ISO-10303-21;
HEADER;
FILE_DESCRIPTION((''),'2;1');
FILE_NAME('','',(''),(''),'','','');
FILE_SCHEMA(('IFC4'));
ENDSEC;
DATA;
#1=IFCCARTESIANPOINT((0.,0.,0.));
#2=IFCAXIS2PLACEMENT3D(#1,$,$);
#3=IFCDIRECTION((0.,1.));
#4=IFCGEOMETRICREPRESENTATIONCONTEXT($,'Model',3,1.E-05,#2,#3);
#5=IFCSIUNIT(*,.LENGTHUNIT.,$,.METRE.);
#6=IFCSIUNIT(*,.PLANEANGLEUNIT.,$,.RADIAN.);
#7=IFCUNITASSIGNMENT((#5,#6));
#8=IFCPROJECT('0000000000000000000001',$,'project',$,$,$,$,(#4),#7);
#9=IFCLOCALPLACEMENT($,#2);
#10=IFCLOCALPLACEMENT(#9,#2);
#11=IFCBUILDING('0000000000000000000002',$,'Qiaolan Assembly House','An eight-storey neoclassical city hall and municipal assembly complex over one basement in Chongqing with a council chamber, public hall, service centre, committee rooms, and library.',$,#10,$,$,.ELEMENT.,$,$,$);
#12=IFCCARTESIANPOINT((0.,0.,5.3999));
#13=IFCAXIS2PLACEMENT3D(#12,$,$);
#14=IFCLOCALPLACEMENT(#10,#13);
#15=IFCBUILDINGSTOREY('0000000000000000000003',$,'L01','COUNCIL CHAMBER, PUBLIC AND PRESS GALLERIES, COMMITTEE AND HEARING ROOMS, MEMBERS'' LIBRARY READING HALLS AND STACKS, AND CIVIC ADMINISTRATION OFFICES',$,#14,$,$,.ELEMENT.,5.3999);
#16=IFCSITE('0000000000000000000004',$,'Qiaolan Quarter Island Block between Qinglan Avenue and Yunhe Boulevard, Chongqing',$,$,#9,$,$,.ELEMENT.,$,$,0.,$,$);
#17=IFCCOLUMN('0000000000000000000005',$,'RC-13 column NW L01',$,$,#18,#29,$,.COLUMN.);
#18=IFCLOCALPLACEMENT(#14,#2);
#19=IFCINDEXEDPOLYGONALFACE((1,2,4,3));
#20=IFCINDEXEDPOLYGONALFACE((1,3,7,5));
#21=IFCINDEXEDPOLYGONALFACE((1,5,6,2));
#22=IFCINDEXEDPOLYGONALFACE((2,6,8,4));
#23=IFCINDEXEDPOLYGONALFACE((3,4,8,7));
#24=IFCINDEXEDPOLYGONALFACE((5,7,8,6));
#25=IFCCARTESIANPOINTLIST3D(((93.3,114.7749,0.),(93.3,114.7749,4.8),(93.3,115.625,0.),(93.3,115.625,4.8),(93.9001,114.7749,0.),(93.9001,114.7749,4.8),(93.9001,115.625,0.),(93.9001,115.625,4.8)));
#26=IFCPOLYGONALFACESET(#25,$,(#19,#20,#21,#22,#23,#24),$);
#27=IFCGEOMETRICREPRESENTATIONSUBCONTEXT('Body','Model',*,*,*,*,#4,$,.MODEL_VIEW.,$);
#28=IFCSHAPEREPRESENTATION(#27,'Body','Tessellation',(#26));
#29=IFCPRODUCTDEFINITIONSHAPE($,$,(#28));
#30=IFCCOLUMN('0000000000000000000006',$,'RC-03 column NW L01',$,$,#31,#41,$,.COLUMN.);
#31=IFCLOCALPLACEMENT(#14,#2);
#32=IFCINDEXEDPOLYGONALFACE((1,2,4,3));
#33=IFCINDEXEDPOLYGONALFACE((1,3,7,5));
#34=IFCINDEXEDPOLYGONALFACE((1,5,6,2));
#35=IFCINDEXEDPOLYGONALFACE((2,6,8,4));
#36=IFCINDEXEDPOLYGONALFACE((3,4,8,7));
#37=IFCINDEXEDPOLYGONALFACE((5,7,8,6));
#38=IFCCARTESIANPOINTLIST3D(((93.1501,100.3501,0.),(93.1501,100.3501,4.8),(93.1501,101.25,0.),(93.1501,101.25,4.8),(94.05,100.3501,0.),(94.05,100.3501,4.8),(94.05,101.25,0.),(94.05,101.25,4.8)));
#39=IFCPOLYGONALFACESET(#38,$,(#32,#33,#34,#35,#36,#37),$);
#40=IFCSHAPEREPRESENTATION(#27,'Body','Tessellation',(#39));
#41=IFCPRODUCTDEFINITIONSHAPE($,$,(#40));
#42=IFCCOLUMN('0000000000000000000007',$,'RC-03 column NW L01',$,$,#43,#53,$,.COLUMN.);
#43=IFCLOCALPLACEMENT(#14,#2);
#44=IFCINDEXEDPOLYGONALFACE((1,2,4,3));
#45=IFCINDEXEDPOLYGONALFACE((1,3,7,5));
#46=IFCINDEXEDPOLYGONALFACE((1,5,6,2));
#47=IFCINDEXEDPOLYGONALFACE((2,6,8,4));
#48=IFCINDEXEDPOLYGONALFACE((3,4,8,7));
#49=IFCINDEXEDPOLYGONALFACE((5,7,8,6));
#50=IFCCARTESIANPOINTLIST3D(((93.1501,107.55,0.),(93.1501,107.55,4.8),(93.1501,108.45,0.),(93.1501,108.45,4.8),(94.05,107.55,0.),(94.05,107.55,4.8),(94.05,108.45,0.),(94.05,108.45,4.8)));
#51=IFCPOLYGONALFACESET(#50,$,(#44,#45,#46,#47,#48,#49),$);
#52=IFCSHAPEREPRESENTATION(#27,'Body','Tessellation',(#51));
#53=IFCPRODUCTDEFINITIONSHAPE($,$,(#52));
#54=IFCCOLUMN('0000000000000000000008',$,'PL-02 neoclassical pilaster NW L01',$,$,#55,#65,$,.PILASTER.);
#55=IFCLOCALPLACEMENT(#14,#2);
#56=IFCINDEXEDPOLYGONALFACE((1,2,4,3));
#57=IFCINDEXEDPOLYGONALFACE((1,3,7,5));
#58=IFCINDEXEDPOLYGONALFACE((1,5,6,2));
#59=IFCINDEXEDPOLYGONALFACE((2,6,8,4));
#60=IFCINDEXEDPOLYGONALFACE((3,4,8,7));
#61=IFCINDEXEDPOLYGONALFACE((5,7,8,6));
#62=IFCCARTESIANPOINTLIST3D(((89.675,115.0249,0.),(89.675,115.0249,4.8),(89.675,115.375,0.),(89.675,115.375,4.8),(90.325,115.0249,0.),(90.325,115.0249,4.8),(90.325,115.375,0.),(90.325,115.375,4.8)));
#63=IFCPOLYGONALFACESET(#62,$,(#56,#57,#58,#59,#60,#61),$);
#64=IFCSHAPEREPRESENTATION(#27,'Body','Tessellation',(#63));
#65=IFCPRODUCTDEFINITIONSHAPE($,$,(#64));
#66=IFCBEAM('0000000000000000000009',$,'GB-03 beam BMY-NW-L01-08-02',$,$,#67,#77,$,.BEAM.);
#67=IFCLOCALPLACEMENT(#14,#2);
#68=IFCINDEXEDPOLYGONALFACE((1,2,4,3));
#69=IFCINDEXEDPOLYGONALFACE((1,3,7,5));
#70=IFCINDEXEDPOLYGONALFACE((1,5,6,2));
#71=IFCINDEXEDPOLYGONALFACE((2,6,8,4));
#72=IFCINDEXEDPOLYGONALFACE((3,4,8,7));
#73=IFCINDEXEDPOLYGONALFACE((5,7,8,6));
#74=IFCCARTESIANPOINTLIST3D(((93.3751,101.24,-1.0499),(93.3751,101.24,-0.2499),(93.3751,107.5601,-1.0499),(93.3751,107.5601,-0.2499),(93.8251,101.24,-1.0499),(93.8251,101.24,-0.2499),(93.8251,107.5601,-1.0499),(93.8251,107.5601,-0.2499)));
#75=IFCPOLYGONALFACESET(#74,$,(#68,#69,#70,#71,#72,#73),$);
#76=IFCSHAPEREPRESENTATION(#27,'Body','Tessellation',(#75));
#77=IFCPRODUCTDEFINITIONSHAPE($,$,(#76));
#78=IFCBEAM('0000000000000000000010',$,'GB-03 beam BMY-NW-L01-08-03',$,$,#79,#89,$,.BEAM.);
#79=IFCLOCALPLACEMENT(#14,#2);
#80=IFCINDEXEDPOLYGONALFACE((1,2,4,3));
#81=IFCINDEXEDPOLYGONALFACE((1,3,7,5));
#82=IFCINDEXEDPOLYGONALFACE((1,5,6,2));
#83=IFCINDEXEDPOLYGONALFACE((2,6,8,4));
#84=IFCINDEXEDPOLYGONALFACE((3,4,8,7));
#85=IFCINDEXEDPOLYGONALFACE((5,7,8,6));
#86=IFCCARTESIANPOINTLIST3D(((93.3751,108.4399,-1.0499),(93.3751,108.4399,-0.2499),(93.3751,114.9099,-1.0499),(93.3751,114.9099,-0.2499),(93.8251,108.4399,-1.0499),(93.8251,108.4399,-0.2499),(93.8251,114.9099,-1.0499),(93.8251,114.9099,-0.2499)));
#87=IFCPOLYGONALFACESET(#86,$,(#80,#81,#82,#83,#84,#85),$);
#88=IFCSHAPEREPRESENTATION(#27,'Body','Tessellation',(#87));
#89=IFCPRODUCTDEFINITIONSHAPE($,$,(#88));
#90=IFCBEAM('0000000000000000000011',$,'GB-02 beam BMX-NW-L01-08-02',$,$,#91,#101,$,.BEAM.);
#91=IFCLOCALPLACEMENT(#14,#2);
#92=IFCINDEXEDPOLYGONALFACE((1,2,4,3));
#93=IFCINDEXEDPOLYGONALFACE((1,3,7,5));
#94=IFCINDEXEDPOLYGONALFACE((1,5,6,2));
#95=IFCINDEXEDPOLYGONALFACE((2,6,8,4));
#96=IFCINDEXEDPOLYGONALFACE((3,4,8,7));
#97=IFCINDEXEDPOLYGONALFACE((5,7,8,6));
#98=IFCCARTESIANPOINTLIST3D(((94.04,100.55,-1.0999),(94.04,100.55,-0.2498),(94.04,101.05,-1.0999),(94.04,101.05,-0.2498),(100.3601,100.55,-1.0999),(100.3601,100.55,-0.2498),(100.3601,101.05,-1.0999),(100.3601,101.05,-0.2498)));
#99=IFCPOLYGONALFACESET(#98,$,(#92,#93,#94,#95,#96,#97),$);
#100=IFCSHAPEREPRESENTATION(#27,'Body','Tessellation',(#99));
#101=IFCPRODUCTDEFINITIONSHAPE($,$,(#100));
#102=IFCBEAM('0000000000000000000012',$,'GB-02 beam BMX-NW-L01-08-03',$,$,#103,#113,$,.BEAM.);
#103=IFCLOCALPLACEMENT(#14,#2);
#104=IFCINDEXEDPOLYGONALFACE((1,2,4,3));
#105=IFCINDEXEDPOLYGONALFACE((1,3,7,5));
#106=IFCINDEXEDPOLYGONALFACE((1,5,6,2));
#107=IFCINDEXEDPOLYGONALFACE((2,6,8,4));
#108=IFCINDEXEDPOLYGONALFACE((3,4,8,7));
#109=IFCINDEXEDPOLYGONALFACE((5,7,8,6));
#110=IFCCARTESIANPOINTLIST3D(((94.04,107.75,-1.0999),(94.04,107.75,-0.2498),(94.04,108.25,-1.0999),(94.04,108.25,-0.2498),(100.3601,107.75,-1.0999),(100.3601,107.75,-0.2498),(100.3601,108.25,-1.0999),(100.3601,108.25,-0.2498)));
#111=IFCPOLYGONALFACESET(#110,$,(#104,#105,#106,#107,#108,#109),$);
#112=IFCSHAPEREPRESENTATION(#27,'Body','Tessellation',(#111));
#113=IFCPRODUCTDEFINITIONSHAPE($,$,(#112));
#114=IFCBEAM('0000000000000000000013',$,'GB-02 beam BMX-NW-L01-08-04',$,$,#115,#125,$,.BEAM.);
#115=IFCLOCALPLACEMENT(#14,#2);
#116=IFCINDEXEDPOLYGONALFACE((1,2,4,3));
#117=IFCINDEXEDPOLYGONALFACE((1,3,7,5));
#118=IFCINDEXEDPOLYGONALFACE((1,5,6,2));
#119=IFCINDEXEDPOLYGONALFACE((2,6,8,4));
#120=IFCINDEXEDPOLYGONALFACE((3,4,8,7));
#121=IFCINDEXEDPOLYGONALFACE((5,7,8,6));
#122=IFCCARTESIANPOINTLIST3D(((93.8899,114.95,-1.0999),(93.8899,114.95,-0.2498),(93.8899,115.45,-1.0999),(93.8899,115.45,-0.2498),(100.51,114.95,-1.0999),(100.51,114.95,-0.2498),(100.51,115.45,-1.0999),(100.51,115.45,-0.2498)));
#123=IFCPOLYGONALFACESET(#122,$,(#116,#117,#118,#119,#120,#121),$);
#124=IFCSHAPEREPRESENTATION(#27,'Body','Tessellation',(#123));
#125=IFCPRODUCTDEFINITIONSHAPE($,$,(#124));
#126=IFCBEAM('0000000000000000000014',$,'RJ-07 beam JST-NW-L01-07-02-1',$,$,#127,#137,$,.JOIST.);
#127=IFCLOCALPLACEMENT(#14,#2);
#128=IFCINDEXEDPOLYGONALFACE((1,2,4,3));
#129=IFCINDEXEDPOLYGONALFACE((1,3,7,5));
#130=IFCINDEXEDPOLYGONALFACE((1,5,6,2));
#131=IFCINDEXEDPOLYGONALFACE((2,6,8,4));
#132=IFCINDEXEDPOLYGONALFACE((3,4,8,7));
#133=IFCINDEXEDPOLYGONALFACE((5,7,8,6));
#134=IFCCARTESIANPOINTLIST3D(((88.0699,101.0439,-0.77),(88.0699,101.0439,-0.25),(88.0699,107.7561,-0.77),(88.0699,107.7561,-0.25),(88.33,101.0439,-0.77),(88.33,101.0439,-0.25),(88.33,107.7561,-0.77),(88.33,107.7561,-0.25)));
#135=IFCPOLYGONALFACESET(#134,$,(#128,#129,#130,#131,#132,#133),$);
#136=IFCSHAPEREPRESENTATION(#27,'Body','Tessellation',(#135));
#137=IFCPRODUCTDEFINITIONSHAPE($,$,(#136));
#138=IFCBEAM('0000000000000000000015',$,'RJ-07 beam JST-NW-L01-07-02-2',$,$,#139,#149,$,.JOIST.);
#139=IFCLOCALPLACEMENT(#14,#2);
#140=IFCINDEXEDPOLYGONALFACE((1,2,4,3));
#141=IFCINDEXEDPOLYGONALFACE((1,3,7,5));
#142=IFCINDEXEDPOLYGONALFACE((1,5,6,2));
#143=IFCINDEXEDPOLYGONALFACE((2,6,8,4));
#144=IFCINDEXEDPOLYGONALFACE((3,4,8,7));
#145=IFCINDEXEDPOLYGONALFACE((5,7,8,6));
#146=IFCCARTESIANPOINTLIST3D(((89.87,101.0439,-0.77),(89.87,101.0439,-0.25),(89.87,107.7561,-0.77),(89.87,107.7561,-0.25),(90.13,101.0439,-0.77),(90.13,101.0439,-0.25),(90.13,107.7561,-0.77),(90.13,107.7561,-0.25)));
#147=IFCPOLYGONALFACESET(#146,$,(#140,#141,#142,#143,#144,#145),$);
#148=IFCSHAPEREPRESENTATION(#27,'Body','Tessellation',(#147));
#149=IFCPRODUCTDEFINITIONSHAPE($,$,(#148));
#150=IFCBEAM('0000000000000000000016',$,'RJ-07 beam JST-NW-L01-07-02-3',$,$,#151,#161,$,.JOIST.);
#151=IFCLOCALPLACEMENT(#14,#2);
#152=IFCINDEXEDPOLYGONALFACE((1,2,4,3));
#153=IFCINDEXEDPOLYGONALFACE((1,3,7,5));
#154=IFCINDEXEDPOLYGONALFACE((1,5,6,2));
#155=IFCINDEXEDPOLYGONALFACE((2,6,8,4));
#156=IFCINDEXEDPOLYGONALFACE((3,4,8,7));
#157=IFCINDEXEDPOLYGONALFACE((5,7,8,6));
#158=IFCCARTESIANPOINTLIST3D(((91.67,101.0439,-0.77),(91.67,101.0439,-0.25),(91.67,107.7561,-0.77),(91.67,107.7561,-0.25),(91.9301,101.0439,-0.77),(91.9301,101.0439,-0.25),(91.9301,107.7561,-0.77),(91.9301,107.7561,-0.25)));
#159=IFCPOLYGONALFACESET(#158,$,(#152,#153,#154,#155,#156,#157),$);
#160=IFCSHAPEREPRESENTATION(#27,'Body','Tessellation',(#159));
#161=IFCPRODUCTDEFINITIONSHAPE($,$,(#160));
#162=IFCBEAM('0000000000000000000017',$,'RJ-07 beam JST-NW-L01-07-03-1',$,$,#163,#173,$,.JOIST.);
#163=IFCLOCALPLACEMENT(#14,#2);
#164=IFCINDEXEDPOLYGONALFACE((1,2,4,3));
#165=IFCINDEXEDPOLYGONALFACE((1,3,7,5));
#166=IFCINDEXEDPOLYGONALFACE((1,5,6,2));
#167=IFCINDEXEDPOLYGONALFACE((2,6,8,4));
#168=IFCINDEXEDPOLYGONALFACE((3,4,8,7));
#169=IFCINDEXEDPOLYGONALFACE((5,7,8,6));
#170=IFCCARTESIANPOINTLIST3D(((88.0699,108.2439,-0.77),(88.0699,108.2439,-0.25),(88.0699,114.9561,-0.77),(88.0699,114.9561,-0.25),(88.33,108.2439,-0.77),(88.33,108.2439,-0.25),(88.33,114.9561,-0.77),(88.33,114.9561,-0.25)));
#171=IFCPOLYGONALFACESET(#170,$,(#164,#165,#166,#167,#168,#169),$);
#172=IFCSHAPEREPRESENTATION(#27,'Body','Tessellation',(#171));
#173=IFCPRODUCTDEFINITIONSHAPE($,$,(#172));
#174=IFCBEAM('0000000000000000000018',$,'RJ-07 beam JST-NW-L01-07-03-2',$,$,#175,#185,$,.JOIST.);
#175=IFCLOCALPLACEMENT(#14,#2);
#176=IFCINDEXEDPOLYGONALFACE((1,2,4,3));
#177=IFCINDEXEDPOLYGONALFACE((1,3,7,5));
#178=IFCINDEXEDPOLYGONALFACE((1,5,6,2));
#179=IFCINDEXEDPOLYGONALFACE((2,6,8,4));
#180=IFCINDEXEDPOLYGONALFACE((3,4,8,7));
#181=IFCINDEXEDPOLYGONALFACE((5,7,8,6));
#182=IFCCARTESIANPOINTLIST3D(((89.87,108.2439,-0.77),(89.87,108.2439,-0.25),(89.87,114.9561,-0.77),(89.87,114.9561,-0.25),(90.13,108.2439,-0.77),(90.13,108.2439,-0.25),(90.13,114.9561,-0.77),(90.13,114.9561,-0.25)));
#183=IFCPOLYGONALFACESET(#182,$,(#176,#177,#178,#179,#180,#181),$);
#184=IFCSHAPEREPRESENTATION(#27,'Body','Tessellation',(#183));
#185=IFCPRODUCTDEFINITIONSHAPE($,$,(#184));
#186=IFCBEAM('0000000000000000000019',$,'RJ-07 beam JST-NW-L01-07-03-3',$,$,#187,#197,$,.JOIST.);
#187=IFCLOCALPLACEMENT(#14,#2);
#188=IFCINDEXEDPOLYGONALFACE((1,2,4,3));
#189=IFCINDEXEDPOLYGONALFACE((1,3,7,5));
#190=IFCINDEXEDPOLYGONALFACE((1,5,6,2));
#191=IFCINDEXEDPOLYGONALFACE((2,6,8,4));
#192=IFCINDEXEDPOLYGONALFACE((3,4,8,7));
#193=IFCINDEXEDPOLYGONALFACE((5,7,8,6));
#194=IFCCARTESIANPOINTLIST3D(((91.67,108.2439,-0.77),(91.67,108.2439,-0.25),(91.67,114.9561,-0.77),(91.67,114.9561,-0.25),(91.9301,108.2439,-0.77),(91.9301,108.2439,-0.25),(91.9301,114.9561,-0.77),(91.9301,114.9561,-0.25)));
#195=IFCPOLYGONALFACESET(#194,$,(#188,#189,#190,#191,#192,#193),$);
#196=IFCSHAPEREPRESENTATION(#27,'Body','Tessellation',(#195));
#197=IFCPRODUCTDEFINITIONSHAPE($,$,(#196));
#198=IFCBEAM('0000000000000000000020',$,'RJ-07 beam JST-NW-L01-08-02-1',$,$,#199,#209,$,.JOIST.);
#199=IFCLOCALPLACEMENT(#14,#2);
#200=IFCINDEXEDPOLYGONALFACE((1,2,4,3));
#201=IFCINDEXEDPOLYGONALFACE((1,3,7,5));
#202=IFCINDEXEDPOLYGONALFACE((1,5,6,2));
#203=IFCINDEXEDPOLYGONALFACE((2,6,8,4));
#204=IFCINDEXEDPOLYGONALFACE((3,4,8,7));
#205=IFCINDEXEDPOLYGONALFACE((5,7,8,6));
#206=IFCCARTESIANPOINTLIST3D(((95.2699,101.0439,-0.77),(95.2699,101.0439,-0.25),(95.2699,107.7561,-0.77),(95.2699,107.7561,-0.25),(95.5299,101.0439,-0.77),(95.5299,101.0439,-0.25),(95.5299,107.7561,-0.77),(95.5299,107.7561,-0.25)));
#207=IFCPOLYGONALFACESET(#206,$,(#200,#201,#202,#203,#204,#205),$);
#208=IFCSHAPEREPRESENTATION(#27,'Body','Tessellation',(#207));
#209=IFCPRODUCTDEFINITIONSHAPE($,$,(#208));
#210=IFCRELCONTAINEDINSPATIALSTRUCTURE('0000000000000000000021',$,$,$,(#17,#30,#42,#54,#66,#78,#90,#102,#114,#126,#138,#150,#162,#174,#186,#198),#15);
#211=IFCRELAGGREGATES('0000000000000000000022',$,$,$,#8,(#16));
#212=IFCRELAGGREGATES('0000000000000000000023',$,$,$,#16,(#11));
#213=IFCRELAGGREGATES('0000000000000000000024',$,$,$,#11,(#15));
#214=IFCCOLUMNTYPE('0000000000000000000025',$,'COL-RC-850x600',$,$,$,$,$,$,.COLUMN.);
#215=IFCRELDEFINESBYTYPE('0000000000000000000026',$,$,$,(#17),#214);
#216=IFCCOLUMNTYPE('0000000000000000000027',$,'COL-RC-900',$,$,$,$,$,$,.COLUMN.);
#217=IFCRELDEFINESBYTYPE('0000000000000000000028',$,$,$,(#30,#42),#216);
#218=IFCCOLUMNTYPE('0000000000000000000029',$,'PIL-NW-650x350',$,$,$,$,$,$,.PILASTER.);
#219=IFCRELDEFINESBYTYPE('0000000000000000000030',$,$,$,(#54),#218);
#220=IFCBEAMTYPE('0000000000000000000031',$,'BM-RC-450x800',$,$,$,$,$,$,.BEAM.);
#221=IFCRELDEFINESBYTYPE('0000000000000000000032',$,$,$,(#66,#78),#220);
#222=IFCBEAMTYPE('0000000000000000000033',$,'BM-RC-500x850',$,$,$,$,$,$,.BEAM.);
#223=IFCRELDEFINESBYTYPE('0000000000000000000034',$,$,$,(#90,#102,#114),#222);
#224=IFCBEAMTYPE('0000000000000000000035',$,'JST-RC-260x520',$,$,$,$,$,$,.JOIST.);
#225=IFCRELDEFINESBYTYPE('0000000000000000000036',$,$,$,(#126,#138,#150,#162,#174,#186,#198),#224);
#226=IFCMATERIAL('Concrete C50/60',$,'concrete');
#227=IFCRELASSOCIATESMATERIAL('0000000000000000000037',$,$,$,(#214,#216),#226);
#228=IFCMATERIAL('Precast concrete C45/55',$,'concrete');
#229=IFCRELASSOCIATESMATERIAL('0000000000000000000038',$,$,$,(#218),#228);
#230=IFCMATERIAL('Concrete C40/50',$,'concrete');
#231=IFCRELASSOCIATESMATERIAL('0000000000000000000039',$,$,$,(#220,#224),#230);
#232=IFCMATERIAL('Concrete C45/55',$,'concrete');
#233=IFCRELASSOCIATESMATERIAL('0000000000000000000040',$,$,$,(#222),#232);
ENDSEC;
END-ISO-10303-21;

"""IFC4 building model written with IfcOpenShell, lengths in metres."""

from ifc_helpers import new_model, si_unit, direction, frame, origin, origin_2d, place, context, subcontext, project, spatial, rectangle, extrude, material, material_profile, profile_set, type_object, element, save


model = new_model("IFC4")

# Units and contexts
model_context = context("Model", 3, precision=1e-05, world=origin(), true_north=direction((0.0, 1.0)))
body_context = subcontext(model_context, "Body", "Model", "MODEL_VIEW")
ifc_project = project(units=[si_unit("LENGTHUNIT", "METRE"), si_unit("PLANEANGLEUNIT", "RADIAN")], contexts=[model_context])

# Site, building, storey
site_placement = place(None, origin())
site = spatial("IfcSite", under=ifc_project, at=site_placement, Name="Qiaolan Quarter Island Block between Qinglan Avenue and Yunhe Boulevard, Chongqing", CompositionType="ELEMENT", RefElevation=0.0)
building_placement = place(site_placement, origin())
building = spatial("IfcBuilding", under=site, at=building_placement, Name="Qiaolan Assembly House", Description="An eight-storey neoclassical city hall and municipal assembly complex over one basement in Chongqing with a council chamber, public hall, service centre, committee rooms, and library.", CompositionType="ELEMENT")
storey_placement = place(building_placement, frame((0.0, 0.0, 5.3999)))
storey = spatial("IfcBuildingStorey", under=building, at=storey_placement, Name="L01", Description="COUNCIL CHAMBER, PUBLIC AND PRESS GALLERIES, COMMITTEE AND HEARING ROOMS, MEMBERS' LIBRARY READING HALLS AND STACKS, AND CIVIC ADMINISTRATION OFFICES", CompositionType="ELEMENT", Elevation=5.3999)

# Columns
ifc_material_1 = material(Name="Concrete C50/60", Category="concrete")
ifc_material_profile_1 = material_profile(ifc_material_1, rectangle(XDim=0.6001, YDim=0.8501, at=origin_2d()), Name="RC 850x600")
ifc_profile_set_1 = profile_set([ifc_material_profile_1], Name="Concrete C50/60")
column_type_1 = type_object("IfcColumnType", Name="COL-RC-850x600", PredefinedType="COLUMN", material=ifc_profile_set_1)
column_1_placement = place(storey_placement, frame((93.6001, 115.2, 0.0), z_axis=(0.0, 0.0, 1.0), x_axis=(1.0, 0.0, 0.0)))
element("IfcColumn", 1, at=column_1_placement, inside=storey, type_object=column_type_1, Name="RC-13 column NW L01", PredefinedType="COLUMN", context=body_context, shape_type="SweptSolid", body=[
    extrude(rectangle(XDim=0.6001, YDim=0.8501, at=origin_2d()), origin(), (0.0, 0.0, 1.0), 4.8),
])
ifc_material_profile_2 = material_profile(ifc_material_1, rectangle(XDim=0.8999, YDim=0.8999, at=origin_2d()), Name="RC 900x900")
ifc_profile_set_2 = profile_set([ifc_material_profile_2], Name="Concrete C50/60")
column_type_2 = type_object("IfcColumnType", Name="COL-RC-900", PredefinedType="COLUMN", material=ifc_profile_set_2)
for number, where, z_axis, x_axis, name in (
    (2, (93.6001, 100.8, 0.0), (0.0, 0.0, 1.0), (1.0, 0.0, 0.0), "RC-03 column NW L01"),
    (3, (93.6001, 108.0, 0.0), (0.0, 0.0, 1.0), (1.0, 0.0, 0.0), "RC-03 column NW L01"),
):
    element("IfcColumn", number, at=place(storey_placement, frame(where, z_axis=z_axis, x_axis=x_axis)), inside=storey, type_object=column_type_2, Name=name, PredefinedType="COLUMN", context=body_context, shape_type="SweptSolid", body=[
        extrude(rectangle(XDim=0.8999, YDim=0.8999, at=origin_2d()), origin(), (0.0, 0.0, 1.0), 4.8),
    ])
ifc_material_2 = material(Name="Precast concrete C45/55", Category="concrete")
ifc_material_profile_3 = material_profile(ifc_material_2, rectangle(XDim=0.6499, YDim=0.3501, at=origin_2d()), Name="PIL 650x350")
ifc_profile_set_3 = profile_set([ifc_material_profile_3], Name="Precast concrete C45/55")
column_type_3 = type_object("IfcColumnType", Name="PIL-NW-650x350", PredefinedType="PILASTER", material=ifc_profile_set_3)
column_2_placement = place(storey_placement, frame((90.0, 115.2, 0.0), z_axis=(0.0, 0.0, 1.0), x_axis=(1.0, 0.0, 0.0)))
element("IfcColumn", 4, at=column_2_placement, inside=storey, type_object=column_type_3, Name="PL-02 neoclassical pilaster NW L01", PredefinedType="PILASTER", context=body_context, shape_type="SweptSolid", body=[
    extrude(rectangle(XDim=0.6499, YDim=0.3501, at=origin_2d()), origin(), (0.0, 0.0, 1.0), 4.8),
])

# Beams
ifc_material_3 = material(Name="Concrete C40/50", Category="concrete")
ifc_material_profile_4 = material_profile(ifc_material_3, rectangle(XDim=0.45, YDim=0.8, at=origin_2d()), Name="RCB 450x800")
ifc_profile_set_4 = profile_set([ifc_material_profile_4], Name="Concrete C40/50")
beam_type_1 = type_object("IfcBeamType", Name="BM-RC-450x800", PredefinedType="BEAM", material=ifc_profile_set_4)
beam_1_placement = place(storey_placement, frame((93.6001, 101.24, -0.6499), z_axis=(0.0, 1.0, 0.0), x_axis=(-1.0, 0.0, 0.0)))
element("IfcBeam", 5, at=beam_1_placement, inside=storey, type_object=beam_type_1, Name="GB-03 beam BMY-NW-L01-08-02", PredefinedType="BEAM", context=body_context, shape_type="SweptSolid", body=[
    extrude(rectangle(XDim=0.45, YDim=0.8, at=origin_2d()), origin(), (0.0, 0.0, 1.0), 6.3201),
])
beam_2_placement = place(storey_placement, frame((93.6001, 108.4399, -0.6499), z_axis=(0.0, 1.0, 0.0), x_axis=(-1.0, 0.0, 0.0)))
element("IfcBeam", 6, at=beam_2_placement, inside=storey, type_object=beam_type_1, Name="GB-03 beam BMY-NW-L01-08-03", PredefinedType="BEAM", context=body_context, shape_type="SweptSolid", body=[
    extrude(rectangle(XDim=0.45, YDim=0.8, at=origin_2d()), origin(), (0.0, 0.0, 1.0), 6.47),
])
ifc_material_4 = material(Name="Concrete C45/55", Category="concrete")
ifc_material_profile_5 = material_profile(ifc_material_4, rectangle(XDim=0.5, YDim=0.8501, at=origin_2d()), Name="RCB 500x850")
ifc_profile_set_5 = profile_set([ifc_material_profile_5], Name="Concrete C45/55")
beam_type_2 = type_object("IfcBeamType", Name="BM-RC-500x850", PredefinedType="BEAM", material=ifc_profile_set_5)
for number, where, z_axis, x_axis, name in (
    (7, (94.04, 100.8, -0.6748), (1.0, 0.0, 0.0), (0.0, 1.0, 0.0), "GB-02 beam BMX-NW-L01-08-02"),
    (8, (94.04, 108.0, -0.6748), (1.0, 0.0, 0.0), (0.0, 1.0, 0.0), "GB-02 beam BMX-NW-L01-08-03"),
):
    element("IfcBeam", number, at=place(storey_placement, frame(where, z_axis=z_axis, x_axis=x_axis)), inside=storey, type_object=beam_type_2, Name=name, PredefinedType="BEAM", context=body_context, shape_type="SweptSolid", body=[
        extrude(rectangle(XDim=0.5, YDim=0.8501, at=origin_2d()), origin(), (0.0, 0.0, 1.0), 6.3201),
    ])
beam_3_placement = place(storey_placement, frame((93.8899, 115.2, -0.6748), z_axis=(1.0, 0.0, 0.0), x_axis=(0.0, 1.0, 0.0)))
element("IfcBeam", 9, at=beam_3_placement, inside=storey, type_object=beam_type_2, Name="GB-02 beam BMX-NW-L01-08-04", PredefinedType="BEAM", context=body_context, shape_type="SweptSolid", body=[
    extrude(rectangle(XDim=0.5, YDim=0.8501, at=origin_2d()), origin(), (0.0, 0.0, 1.0), 6.6201),
])
ifc_material_profile_6 = material_profile(ifc_material_3, rectangle(XDim=0.26, YDim=0.52, at=origin_2d()), Name="RCB 260x520")
ifc_profile_set_6 = profile_set([ifc_material_profile_6], Name="Concrete C40/50")
beam_type_3 = type_object("IfcBeamType", Name="JST-RC-260x520", PredefinedType="JOIST", material=ifc_profile_set_6)
for number, where, z_axis, x_axis, name in (
    (10, (88.2, 101.0439, -0.51), (0.0, 1.0, 0.0), (-1.0, 0.0, 0.0), "RJ-07 beam JST-NW-L01-07-02-1"),
    (11, (90.0, 101.0439, -0.51), (0.0, 1.0, 0.0), (-1.0, 0.0, 0.0), "RJ-07 beam JST-NW-L01-07-02-2"),
    (12, (91.8, 101.0439, -0.51), (0.0, 1.0, 0.0), (-1.0, 0.0, 0.0), "RJ-07 beam JST-NW-L01-07-02-3"),
    (13, (88.2, 108.2439, -0.51), (0.0, 1.0, 0.0), (-1.0, 0.0, 0.0), "RJ-07 beam JST-NW-L01-07-03-1"),
    (14, (90.0, 108.2439, -0.51), (0.0, 1.0, 0.0), (-1.0, 0.0, 0.0), "RJ-07 beam JST-NW-L01-07-03-2"),
    (15, (91.8, 108.2439, -0.51), (0.0, 1.0, 0.0), (-1.0, 0.0, 0.0), "RJ-07 beam JST-NW-L01-07-03-3"),
    (16, (95.3999, 101.0439, -0.51), (0.0, 1.0, 0.0), (-1.0, 0.0, 0.0), "RJ-07 beam JST-NW-L01-08-02-1"),
):
    element("IfcBeam", number, at=place(storey_placement, frame(where, z_axis=z_axis, x_axis=x_axis)), inside=storey, type_object=beam_type_3, Name=name, PredefinedType="JOIST", context=body_context, shape_type="SweptSolid", body=[
        extrude(rectangle(XDim=0.26, YDim=0.52, at=origin_2d()), origin(), (0.0, 0.0, 1.0), 6.7122),
    ])

save(model, "model.ifc")
